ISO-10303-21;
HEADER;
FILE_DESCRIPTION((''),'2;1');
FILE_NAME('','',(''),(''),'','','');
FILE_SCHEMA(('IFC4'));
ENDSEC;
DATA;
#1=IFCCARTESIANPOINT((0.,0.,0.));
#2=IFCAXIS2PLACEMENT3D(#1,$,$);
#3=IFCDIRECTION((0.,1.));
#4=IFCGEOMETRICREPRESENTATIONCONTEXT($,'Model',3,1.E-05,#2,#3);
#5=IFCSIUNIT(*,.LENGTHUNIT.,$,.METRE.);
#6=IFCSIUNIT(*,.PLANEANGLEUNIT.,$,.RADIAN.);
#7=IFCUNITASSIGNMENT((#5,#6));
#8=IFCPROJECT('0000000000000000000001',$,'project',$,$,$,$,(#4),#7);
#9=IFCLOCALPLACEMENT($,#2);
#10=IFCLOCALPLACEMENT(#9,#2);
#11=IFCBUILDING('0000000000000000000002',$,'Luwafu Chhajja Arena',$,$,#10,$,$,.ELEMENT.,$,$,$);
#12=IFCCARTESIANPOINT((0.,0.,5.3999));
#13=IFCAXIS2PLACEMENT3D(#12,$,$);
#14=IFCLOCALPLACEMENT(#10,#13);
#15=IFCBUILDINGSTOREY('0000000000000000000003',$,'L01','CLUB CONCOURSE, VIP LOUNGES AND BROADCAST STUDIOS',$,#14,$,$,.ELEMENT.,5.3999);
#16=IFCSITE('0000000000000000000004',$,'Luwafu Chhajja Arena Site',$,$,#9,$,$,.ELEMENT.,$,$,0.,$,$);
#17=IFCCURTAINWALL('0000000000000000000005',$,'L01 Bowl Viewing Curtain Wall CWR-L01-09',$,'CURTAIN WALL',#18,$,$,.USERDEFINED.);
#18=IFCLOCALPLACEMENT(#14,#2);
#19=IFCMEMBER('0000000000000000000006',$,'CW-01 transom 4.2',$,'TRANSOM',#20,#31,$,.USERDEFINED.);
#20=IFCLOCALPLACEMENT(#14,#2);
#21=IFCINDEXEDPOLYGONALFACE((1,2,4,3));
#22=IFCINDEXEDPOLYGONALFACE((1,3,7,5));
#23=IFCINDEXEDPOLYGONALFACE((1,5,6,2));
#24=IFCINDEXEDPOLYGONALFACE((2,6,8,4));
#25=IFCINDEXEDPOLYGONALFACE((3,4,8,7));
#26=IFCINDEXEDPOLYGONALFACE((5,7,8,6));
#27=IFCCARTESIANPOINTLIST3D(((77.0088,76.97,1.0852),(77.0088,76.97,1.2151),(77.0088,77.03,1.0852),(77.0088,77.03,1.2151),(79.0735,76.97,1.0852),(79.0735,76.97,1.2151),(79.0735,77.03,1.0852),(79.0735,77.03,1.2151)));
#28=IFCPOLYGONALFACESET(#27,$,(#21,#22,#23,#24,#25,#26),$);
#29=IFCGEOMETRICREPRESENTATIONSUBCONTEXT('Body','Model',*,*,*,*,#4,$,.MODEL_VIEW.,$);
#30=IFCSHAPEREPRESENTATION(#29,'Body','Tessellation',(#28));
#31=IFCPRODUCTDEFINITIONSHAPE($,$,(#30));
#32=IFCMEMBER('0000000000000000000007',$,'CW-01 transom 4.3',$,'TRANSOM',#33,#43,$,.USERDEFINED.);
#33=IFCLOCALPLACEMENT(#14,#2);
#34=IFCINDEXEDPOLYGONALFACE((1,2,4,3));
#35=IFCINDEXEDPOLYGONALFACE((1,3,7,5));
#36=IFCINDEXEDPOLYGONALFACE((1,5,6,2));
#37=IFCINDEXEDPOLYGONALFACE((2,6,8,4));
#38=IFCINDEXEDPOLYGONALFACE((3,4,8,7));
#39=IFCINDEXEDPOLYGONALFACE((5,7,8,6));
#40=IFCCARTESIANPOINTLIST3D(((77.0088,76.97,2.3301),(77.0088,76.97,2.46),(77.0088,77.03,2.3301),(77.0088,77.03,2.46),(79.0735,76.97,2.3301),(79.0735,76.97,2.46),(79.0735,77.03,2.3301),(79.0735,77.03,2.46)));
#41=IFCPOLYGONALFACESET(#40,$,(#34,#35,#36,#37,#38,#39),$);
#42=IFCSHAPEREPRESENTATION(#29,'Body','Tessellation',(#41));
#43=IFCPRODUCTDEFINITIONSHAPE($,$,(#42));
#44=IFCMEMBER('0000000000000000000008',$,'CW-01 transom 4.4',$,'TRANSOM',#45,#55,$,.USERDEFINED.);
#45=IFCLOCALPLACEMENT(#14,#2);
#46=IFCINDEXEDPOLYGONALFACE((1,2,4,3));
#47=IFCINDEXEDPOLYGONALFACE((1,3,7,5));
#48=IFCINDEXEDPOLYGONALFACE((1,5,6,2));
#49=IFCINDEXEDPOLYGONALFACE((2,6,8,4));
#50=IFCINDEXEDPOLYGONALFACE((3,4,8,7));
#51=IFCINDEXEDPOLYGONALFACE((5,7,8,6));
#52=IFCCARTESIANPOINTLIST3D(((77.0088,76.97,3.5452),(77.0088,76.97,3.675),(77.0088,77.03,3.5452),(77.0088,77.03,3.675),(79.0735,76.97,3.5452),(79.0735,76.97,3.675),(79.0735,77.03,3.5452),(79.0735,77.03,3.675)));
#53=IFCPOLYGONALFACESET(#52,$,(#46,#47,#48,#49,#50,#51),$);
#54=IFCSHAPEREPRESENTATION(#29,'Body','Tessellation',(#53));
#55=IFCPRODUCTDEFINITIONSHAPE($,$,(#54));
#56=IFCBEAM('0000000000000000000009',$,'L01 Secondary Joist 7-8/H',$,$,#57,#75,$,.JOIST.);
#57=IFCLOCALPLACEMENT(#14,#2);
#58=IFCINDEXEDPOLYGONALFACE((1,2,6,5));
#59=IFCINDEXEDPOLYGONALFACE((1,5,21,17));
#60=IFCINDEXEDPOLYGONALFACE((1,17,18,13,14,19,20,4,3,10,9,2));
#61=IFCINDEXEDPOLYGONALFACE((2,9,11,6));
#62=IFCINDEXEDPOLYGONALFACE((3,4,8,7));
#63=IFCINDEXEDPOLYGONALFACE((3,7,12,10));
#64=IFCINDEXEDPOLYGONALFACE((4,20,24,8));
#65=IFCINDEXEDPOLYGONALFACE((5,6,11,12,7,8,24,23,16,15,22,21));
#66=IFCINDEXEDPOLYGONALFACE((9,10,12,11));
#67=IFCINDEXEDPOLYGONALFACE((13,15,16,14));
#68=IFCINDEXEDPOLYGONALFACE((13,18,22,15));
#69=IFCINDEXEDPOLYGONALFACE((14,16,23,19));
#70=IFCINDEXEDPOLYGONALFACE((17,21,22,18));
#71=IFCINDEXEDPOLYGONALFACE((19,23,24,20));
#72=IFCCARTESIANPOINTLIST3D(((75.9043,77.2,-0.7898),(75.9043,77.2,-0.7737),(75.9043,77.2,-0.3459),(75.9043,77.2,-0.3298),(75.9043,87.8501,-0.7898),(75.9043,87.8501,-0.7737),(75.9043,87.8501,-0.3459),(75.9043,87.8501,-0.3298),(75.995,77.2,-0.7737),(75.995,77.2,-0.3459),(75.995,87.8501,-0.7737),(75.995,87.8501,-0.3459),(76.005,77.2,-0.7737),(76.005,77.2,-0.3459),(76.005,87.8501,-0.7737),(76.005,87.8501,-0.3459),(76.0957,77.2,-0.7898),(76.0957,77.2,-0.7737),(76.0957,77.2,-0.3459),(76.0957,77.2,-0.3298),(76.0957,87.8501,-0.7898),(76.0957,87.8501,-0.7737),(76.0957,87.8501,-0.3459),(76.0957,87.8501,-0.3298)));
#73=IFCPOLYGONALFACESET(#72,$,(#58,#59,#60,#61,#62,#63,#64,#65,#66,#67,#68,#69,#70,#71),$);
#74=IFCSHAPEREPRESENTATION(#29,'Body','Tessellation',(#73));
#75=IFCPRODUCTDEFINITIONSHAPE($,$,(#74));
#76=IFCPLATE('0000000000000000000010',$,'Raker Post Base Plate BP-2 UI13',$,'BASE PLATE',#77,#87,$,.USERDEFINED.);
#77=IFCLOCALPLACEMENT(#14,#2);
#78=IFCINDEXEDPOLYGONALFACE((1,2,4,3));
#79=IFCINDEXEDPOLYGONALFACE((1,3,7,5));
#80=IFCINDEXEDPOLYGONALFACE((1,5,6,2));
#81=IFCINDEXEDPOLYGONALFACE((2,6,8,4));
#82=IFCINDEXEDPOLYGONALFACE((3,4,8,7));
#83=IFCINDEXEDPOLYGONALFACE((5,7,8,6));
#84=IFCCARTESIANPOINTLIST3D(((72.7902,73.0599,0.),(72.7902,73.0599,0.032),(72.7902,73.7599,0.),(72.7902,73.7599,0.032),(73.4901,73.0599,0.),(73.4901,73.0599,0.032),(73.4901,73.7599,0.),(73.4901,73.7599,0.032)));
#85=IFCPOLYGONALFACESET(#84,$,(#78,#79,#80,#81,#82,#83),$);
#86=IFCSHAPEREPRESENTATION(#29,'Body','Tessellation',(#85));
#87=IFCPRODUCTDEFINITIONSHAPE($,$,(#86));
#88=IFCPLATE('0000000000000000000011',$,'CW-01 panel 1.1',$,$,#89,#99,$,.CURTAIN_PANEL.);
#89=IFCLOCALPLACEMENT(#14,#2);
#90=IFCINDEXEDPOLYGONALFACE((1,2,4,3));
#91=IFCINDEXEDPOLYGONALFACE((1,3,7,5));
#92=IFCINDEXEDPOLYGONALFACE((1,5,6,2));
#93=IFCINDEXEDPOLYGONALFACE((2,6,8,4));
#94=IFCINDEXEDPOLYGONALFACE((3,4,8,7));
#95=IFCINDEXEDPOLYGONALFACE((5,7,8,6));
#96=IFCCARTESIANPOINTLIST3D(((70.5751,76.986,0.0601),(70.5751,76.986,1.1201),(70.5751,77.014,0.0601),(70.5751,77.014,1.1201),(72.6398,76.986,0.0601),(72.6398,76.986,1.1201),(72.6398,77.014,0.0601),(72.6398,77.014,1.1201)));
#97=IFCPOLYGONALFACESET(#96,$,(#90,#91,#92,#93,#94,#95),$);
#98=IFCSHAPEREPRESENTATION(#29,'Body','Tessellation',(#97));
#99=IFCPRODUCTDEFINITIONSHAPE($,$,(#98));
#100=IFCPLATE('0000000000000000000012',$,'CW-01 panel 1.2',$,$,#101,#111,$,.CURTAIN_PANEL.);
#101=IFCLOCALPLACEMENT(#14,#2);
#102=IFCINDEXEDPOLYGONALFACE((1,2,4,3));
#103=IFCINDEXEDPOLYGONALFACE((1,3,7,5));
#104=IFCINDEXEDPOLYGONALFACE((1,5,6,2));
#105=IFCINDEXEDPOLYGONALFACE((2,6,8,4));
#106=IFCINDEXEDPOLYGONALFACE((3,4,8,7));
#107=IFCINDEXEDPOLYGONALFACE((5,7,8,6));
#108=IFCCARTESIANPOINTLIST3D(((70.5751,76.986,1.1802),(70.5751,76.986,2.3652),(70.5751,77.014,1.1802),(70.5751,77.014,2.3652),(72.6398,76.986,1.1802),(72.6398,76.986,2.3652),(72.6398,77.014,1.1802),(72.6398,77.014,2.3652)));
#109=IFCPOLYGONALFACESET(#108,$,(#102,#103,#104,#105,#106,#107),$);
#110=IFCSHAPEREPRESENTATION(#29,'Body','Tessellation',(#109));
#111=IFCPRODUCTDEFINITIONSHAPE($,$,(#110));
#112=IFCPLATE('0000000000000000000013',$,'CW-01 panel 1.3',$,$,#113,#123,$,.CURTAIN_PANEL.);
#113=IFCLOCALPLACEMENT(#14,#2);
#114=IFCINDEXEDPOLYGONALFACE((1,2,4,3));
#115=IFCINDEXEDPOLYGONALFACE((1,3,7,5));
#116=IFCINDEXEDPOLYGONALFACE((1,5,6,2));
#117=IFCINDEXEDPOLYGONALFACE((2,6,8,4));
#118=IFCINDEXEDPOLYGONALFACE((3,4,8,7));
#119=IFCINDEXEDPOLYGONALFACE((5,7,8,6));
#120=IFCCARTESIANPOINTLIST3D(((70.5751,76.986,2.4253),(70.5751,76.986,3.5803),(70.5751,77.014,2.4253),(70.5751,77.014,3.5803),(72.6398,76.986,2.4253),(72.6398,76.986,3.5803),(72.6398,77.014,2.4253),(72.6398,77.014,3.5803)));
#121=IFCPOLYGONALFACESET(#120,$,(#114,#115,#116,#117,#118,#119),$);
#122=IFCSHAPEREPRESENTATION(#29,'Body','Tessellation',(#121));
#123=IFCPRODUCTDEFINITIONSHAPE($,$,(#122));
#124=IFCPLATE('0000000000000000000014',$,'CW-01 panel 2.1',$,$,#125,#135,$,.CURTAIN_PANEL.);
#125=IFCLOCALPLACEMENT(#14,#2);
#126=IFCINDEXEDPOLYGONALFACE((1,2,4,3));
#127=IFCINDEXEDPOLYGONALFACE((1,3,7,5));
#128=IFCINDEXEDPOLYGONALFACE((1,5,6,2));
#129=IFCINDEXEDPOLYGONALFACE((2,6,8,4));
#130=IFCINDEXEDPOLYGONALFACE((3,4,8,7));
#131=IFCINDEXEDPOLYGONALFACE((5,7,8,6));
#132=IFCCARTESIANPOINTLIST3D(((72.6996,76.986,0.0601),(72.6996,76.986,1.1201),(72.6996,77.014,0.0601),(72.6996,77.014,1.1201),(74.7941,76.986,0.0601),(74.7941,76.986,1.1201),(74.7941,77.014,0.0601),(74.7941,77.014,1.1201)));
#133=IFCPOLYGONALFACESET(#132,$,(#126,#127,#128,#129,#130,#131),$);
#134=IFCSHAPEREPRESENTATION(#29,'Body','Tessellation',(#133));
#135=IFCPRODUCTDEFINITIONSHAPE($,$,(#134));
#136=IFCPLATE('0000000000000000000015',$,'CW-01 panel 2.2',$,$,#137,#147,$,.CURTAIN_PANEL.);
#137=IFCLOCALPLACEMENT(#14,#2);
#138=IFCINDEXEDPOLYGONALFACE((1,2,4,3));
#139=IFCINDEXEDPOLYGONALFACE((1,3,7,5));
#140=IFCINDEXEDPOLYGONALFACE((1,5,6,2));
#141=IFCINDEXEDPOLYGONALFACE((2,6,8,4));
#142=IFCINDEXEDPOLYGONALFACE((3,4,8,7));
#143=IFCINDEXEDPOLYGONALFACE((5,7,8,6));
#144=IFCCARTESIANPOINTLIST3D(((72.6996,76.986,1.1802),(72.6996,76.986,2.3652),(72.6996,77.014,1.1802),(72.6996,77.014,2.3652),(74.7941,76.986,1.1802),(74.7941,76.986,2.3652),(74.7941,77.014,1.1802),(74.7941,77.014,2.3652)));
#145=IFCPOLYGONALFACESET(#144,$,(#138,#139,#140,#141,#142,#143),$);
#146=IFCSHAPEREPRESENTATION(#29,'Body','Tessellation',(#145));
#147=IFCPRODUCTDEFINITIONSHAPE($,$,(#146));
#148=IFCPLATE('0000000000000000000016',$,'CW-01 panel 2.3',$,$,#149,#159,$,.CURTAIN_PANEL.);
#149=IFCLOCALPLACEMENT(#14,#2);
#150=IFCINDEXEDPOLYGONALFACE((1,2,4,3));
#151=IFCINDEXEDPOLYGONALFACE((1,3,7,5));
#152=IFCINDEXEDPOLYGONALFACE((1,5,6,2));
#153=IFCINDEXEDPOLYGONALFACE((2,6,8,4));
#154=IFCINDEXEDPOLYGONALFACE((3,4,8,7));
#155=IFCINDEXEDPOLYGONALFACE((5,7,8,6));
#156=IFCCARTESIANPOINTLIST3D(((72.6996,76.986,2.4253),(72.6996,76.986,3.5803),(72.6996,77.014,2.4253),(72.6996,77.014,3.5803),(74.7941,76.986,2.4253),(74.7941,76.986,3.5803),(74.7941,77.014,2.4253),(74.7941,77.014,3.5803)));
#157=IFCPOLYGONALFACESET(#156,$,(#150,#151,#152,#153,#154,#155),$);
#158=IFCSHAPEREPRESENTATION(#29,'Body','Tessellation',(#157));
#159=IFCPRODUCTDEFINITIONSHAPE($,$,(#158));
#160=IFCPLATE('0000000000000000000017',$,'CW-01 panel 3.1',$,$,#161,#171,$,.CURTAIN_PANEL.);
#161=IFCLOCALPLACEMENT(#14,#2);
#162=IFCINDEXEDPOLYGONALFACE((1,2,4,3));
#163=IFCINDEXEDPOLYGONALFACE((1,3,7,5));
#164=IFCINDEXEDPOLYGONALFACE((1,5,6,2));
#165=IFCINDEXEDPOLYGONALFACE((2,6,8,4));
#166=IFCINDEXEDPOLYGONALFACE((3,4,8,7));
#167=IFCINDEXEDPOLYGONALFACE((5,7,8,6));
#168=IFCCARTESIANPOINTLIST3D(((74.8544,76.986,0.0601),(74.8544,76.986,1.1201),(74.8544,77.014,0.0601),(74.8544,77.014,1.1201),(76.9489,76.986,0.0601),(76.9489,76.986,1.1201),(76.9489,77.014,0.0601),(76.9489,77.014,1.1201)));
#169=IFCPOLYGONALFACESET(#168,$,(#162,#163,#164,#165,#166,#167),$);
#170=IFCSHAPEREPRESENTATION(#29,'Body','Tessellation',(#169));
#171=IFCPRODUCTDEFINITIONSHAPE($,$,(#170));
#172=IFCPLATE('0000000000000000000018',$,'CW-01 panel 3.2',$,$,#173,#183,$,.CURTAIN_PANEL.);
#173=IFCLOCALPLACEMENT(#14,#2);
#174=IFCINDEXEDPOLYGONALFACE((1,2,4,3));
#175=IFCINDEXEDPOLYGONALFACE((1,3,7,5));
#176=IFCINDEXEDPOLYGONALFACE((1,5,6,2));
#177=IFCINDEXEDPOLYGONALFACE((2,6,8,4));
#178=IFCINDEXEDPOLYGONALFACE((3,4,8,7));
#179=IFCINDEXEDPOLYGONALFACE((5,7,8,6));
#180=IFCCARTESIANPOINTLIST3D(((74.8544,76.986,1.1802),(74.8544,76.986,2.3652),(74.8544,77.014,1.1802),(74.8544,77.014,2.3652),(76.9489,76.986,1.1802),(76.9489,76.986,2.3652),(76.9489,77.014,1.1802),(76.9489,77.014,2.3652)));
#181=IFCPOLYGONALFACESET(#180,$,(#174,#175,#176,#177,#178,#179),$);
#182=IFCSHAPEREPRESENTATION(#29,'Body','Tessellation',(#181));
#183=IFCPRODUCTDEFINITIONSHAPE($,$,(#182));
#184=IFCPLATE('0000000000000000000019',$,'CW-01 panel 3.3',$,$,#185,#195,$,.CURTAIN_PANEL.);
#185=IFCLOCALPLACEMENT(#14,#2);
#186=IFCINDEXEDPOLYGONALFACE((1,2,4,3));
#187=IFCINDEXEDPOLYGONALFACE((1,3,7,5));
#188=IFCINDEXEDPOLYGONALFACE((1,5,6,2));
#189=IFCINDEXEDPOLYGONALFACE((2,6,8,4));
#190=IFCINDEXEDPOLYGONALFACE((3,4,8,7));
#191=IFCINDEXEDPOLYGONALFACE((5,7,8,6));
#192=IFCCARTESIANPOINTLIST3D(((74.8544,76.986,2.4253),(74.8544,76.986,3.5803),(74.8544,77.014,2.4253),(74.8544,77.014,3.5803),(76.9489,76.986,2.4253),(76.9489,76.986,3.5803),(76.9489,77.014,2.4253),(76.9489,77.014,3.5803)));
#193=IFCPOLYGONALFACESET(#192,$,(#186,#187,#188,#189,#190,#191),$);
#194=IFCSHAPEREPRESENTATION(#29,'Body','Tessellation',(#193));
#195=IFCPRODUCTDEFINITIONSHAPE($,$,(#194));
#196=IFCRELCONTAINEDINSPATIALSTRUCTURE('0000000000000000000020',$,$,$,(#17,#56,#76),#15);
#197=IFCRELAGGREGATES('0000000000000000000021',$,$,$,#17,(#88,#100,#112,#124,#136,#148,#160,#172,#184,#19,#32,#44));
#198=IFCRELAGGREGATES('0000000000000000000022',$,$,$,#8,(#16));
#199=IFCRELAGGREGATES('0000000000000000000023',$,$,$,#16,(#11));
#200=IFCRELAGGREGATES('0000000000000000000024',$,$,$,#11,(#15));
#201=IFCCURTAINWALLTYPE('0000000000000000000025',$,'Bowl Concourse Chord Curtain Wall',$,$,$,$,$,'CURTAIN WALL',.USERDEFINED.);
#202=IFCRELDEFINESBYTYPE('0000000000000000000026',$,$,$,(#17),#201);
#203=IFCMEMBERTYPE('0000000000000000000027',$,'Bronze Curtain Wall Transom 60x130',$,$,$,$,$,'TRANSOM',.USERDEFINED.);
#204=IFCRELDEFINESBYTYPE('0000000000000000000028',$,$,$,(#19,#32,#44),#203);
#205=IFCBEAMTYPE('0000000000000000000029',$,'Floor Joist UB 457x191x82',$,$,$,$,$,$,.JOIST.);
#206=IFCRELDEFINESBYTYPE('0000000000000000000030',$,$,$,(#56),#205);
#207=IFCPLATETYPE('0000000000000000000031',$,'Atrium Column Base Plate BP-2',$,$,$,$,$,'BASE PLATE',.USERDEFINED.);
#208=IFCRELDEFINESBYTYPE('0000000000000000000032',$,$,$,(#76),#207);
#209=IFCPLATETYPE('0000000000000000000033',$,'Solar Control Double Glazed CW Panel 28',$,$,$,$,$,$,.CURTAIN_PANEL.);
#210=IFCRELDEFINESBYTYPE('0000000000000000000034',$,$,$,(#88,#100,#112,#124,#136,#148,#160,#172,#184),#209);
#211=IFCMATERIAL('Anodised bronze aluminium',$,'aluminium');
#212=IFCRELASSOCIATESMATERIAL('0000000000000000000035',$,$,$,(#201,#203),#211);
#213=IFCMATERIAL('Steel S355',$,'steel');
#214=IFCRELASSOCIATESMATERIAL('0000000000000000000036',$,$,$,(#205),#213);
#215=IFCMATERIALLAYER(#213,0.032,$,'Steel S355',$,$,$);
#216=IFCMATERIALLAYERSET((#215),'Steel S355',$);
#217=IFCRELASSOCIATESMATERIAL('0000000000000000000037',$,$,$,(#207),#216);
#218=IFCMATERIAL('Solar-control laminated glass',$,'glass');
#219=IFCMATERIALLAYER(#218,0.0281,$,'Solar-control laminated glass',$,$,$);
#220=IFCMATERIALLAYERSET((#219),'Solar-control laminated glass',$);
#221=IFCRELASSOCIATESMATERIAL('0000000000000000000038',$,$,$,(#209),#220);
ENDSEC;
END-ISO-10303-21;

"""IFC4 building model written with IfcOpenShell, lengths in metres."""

from ifc_helpers import new_model, si_unit, direction, frame, origin, origin_2d, place, context, subcontext, project, spatial, rectangle, i_section, extrude, material, layer, layer_set, material_profile, profile_set, type_object, element, aggregate, save


model = new_model("IFC4")

# Units and contexts
model_context = context("Model", 3, precision=1e-05, world=origin(), true_north=direction((0.0, 1.0)))
body_context = subcontext(model_context, "Body", "Model", "MODEL_VIEW")
ifc_project = project(units=[si_unit("LENGTHUNIT", "METRE"), si_unit("PLANEANGLEUNIT", "RADIAN")], contexts=[model_context])

# Site, building, storey
site_placement = place(None, origin())
site = spatial("IfcSite", under=ifc_project, at=site_placement, Name="Luwafu Chhajja Arena Site", CompositionType="ELEMENT", RefElevation=0.0)
building_placement = place(site_placement, origin())
building = spatial("IfcBuilding", under=site, at=building_placement, Name="Luwafu Chhajja Arena", CompositionType="ELEMENT")
storey_placement = place(building_placement, frame((0.0, 0.0, 5.3999)))
storey = spatial("IfcBuildingStorey", under=building, at=storey_placement, Name="L01", Description="CLUB CONCOURSE, VIP LOUNGES AND BROADCAST STUDIOS", CompositionType="ELEMENT", Elevation=5.3999)

# Shared definitions
ifc_material_1 = material(Name="Steel S355", Category="steel")

# Curtain wall, members
ifc_material_2 = material(Name="Anodised bronze aluminium", Category="aluminium")
curtain_wall_type = type_object("IfcCurtainWallType", Name="Bowl Concourse Chord Curtain Wall", ElementType="CURTAIN WALL", PredefinedType="USERDEFINED", material=ifc_material_2)
curtain_wall_placement = place(storey_placement, origin())
curtain_wall = element("IfcCurtainWall", 1, at=curtain_wall_placement, inside=storey, type_object=curtain_wall_type, Name="L01 Bowl Viewing Curtain Wall CWR-L01-09", ObjectType="CURTAIN WALL", PredefinedType="USERDEFINED")
ifc_material_profile_1 = material_profile(ifc_material_2, rectangle(XDim=0.0601, YDim=0.1299, at=origin_2d()), Name="CWT 60x130")
ifc_profile_set_1 = profile_set([ifc_material_profile_1], Name="Anodised bronze aluminium")
member_type_1 = type_object("IfcMemberType", Name="Bronze Curtain Wall Transom 60x130", ElementType="TRANSOM", PredefinedType="USERDEFINED", material=ifc_profile_set_1)
member_1_placement = place(storey_placement, frame((77.0088, 77.0, 1.1501), z_axis=(1.0, 0.0, 0.0), x_axis=(0.0, 1.0, 0.0)))
member_1 = element("IfcMember", 2, at=member_1_placement, type_object=member_type_1, Name="CW-01 transom 4.2", ObjectType="TRANSOM", PredefinedType="USERDEFINED", context=body_context, shape_type="SweptSolid", body=[
    extrude(rectangle(XDim=0.0601, YDim=0.1299, at=origin_2d()), origin(), (0.0, 0.0, 1.0), 2.0647),
])
member_2_placement = place(storey_placement, frame((77.0088, 77.0, 2.395), z_axis=(1.0, 0.0, 0.0), x_axis=(0.0, 1.0, 0.0)))
member_2 = element("IfcMember", 3, at=member_2_placement, type_object=member_type_1, Name="CW-01 transom 4.3", ObjectType="TRANSOM", PredefinedType="USERDEFINED", context=body_context, shape_type="SweptSolid", body=[
    extrude(rectangle(XDim=0.0601, YDim=0.1299, at=origin_2d()), origin(), (0.0, 0.0, 1.0), 2.0647),
])
member_3_placement = place(storey_placement, frame((77.0088, 77.0, 3.6101), z_axis=(1.0, 0.0, 0.0), x_axis=(0.0, 1.0, 0.0)))
member_3 = element("IfcMember", 4, at=member_3_placement, type_object=member_type_1, Name="CW-01 transom 4.4", ObjectType="TRANSOM", PredefinedType="USERDEFINED", context=body_context, shape_type="SweptSolid", body=[
    extrude(rectangle(XDim=0.0601, YDim=0.1299, at=origin_2d()), origin(), (0.0, 0.0, 1.0), 2.0647),
])

# Beam
ifc_material_profile_2 = material_profile(ifc_material_1, i_section(OverallWidth=0.1914, OverallDepth=0.46, WebThickness=0.01, FlangeThickness=0.0161, at=origin_2d()), Name="UB 457x191x82")
ifc_profile_set_2 = profile_set([ifc_material_profile_2], Name="Steel S355")
beam_type = type_object("IfcBeamType", Name="Floor Joist UB 457x191x82", PredefinedType="JOIST", material=ifc_profile_set_2)
beam_placement = place(storey_placement, frame((76.0, 77.2, -0.5598), z_axis=(0.0, 1.0, 0.0), x_axis=(-1.0, 0.0, 0.0)))
element("IfcBeam", 5, at=beam_placement, inside=storey, type_object=beam_type, Name="L01 Secondary Joist 7-8/H", PredefinedType="JOIST", context=body_context, shape_type="SweptSolid", body=[
    extrude(i_section(OverallWidth=0.1914, OverallDepth=0.46, WebThickness=0.01, FlangeThickness=0.0161, at=origin_2d()), origin(), (0.0, 0.0, 1.0), 10.6501),
])

# Plates
ifc_layer_1 = layer(ifc_material_1, 0.032, Name="Steel S355")
ifc_layer_set_1 = layer_set([ifc_layer_1], Name="Steel S355")
plate_type_1 = type_object("IfcPlateType", Name="Atrium Column Base Plate BP-2", ElementType="BASE PLATE", PredefinedType="USERDEFINED", material=ifc_layer_set_1)
plate_1_placement = place(storey_placement, frame((73.1401, 73.4099, 0.0), z_axis=(0.0, 0.0, 1.0), x_axis=(1.0, 0.0, 0.0)))
element("IfcPlate", 6, at=plate_1_placement, inside=storey, type_object=plate_type_1, Name="Raker Post Base Plate BP-2 UI13", ObjectType="BASE PLATE", PredefinedType="USERDEFINED", context=body_context, shape_type="SweptSolid", body=[
    extrude(rectangle(XDim=0.7, YDim=0.7, at=origin_2d()), origin(), (0.0, 0.0, 1.0), 0.032),
])
ifc_material_3 = material(Name="Solar-control laminated glass", Category="glass")
ifc_layer_2 = layer(ifc_material_3, 0.0281, Name="Solar-control laminated glass")
ifc_layer_set_2 = layer_set([ifc_layer_2], Name="Solar-control laminated glass")
plate_type_2 = type_object("IfcPlateType", Name="Solar Control Double Glazed CW Panel 28", PredefinedType="CURTAIN_PANEL", material=ifc_layer_set_2)
plate_2_placement = place(storey_placement, frame((71.6074, 77.0, 0.0601), z_axis=(0.0, 0.0, 1.0), x_axis=(1.0, 0.0, 0.0)))
plate_2 = element("IfcPlate", 7, at=plate_2_placement, type_object=plate_type_2, Name="CW-01 panel 1.1", PredefinedType="CURTAIN_PANEL", context=body_context, shape_type="SweptSolid", body=[
    extrude(rectangle(XDim=2.0647, YDim=0.0281, at=origin_2d()), origin(), (0.0, 0.0, 1.0), 1.0601),
])
plate_3_placement = place(storey_placement, frame((71.6074, 77.0, 1.1802), z_axis=(0.0, 0.0, 1.0), x_axis=(1.0, 0.0, 0.0)))
plate_3 = element("IfcPlate", 8, at=plate_3_placement, type_object=plate_type_2, Name="CW-01 panel 1.2", PredefinedType="CURTAIN_PANEL", context=body_context, shape_type="SweptSolid", body=[
    extrude(rectangle(XDim=2.0647, YDim=0.0281, at=origin_2d()), origin(), (0.0, 0.0, 1.0), 1.1851),
])
plate_4_placement = place(storey_placement, frame((71.6074, 77.0, 2.4253), z_axis=(0.0, 0.0, 1.0), x_axis=(1.0, 0.0, 0.0)))
plate_4 = element("IfcPlate", 9, at=plate_4_placement, type_object=plate_type_2, Name="CW-01 panel 1.3", PredefinedType="CURTAIN_PANEL", context=body_context, shape_type="SweptSolid", body=[
    extrude(rectangle(XDim=2.0647, YDim=0.0281, at=origin_2d()), origin(), (0.0, 0.0, 1.0), 1.155),
])
plate_5_placement = place(storey_placement, frame((73.7468, 77.0, 0.0601), z_axis=(0.0, 0.0, 1.0), x_axis=(1.0, 0.0, 0.0)))
plate_5 = element("IfcPlate", 10, at=plate_5_placement, type_object=plate_type_2, Name="CW-01 panel 2.1", PredefinedType="CURTAIN_PANEL", context=body_context, shape_type="SweptSolid", body=[
    extrude(rectangle(XDim=2.0945, YDim=0.0281, at=origin_2d()), origin(), (0.0, 0.0, 1.0), 1.0601),
])
plate_6_placement = place(storey_placement, frame((73.7468, 77.0, 1.1802), z_axis=(0.0, 0.0, 1.0), x_axis=(1.0, 0.0, 0.0)))
plate_6 = element("IfcPlate", 11, at=plate_6_placement, type_object=plate_type_2, Name="CW-01 panel 2.2", PredefinedType="CURTAIN_PANEL", context=body_context, shape_type="SweptSolid", body=[
    extrude(rectangle(XDim=2.0945, YDim=0.0281, at=origin_2d()), origin(), (0.0, 0.0, 1.0), 1.1851),
])
plate_7_placement = place(storey_placement, frame((73.7468, 77.0, 2.4253), z_axis=(0.0, 0.0, 1.0), x_axis=(1.0, 0.0, 0.0)))
plate_7 = element("IfcPlate", 12, at=plate_7_placement, type_object=plate_type_2, Name="CW-01 panel 2.3", PredefinedType="CURTAIN_PANEL", context=body_context, shape_type="SweptSolid", body=[
    extrude(rectangle(XDim=2.0945, YDim=0.0281, at=origin_2d()), origin(), (0.0, 0.0, 1.0), 1.155),
])
plate_8_placement = place(storey_placement, frame((75.9016, 77.0, 0.0601), z_axis=(0.0, 0.0, 1.0), x_axis=(1.0, 0.0, 0.0)))
plate_8 = element("IfcPlate", 13, at=plate_8_placement, type_object=plate_type_2, Name="CW-01 panel 3.1", PredefinedType="CURTAIN_PANEL", context=body_context, shape_type="SweptSolid", body=[
    extrude(rectangle(XDim=2.0945, YDim=0.0281, at=origin_2d()), origin(), (0.0, 0.0, 1.0), 1.0601),
])
plate_9_placement = place(storey_placement, frame((75.9016, 77.0, 1.1802), z_axis=(0.0, 0.0, 1.0), x_axis=(1.0, 0.0, 0.0)))
plate_9 = element("IfcPlate", 14, at=plate_9_placement, type_object=plate_type_2, Name="CW-01 panel 3.2", PredefinedType="CURTAIN_PANEL", context=body_context, shape_type="SweptSolid", body=[
    extrude(rectangle(XDim=2.0945, YDim=0.0281, at=origin_2d()), origin(), (0.0, 0.0, 1.0), 1.1851),
])
plate_10_placement = place(storey_placement, frame((75.9016, 77.0, 2.4253), z_axis=(0.0, 0.0, 1.0), x_axis=(1.0, 0.0, 0.0)))
plate_10 = element("IfcPlate", 15, at=plate_10_placement, type_object=plate_type_2, Name="CW-01 panel 3.3", PredefinedType="CURTAIN_PANEL", context=body_context, shape_type="SweptSolid", body=[
    extrude(rectangle(XDim=2.0945, YDim=0.0281, at=origin_2d()), origin(), (0.0, 0.0, 1.0), 1.155),
])
aggregate(curtain_wall, [plate_2, plate_3, plate_4, plate_5, plate_6, plate_7, plate_8, plate_9, plate_10, member_1, member_2, member_3])

save(model, "model.ifc")
